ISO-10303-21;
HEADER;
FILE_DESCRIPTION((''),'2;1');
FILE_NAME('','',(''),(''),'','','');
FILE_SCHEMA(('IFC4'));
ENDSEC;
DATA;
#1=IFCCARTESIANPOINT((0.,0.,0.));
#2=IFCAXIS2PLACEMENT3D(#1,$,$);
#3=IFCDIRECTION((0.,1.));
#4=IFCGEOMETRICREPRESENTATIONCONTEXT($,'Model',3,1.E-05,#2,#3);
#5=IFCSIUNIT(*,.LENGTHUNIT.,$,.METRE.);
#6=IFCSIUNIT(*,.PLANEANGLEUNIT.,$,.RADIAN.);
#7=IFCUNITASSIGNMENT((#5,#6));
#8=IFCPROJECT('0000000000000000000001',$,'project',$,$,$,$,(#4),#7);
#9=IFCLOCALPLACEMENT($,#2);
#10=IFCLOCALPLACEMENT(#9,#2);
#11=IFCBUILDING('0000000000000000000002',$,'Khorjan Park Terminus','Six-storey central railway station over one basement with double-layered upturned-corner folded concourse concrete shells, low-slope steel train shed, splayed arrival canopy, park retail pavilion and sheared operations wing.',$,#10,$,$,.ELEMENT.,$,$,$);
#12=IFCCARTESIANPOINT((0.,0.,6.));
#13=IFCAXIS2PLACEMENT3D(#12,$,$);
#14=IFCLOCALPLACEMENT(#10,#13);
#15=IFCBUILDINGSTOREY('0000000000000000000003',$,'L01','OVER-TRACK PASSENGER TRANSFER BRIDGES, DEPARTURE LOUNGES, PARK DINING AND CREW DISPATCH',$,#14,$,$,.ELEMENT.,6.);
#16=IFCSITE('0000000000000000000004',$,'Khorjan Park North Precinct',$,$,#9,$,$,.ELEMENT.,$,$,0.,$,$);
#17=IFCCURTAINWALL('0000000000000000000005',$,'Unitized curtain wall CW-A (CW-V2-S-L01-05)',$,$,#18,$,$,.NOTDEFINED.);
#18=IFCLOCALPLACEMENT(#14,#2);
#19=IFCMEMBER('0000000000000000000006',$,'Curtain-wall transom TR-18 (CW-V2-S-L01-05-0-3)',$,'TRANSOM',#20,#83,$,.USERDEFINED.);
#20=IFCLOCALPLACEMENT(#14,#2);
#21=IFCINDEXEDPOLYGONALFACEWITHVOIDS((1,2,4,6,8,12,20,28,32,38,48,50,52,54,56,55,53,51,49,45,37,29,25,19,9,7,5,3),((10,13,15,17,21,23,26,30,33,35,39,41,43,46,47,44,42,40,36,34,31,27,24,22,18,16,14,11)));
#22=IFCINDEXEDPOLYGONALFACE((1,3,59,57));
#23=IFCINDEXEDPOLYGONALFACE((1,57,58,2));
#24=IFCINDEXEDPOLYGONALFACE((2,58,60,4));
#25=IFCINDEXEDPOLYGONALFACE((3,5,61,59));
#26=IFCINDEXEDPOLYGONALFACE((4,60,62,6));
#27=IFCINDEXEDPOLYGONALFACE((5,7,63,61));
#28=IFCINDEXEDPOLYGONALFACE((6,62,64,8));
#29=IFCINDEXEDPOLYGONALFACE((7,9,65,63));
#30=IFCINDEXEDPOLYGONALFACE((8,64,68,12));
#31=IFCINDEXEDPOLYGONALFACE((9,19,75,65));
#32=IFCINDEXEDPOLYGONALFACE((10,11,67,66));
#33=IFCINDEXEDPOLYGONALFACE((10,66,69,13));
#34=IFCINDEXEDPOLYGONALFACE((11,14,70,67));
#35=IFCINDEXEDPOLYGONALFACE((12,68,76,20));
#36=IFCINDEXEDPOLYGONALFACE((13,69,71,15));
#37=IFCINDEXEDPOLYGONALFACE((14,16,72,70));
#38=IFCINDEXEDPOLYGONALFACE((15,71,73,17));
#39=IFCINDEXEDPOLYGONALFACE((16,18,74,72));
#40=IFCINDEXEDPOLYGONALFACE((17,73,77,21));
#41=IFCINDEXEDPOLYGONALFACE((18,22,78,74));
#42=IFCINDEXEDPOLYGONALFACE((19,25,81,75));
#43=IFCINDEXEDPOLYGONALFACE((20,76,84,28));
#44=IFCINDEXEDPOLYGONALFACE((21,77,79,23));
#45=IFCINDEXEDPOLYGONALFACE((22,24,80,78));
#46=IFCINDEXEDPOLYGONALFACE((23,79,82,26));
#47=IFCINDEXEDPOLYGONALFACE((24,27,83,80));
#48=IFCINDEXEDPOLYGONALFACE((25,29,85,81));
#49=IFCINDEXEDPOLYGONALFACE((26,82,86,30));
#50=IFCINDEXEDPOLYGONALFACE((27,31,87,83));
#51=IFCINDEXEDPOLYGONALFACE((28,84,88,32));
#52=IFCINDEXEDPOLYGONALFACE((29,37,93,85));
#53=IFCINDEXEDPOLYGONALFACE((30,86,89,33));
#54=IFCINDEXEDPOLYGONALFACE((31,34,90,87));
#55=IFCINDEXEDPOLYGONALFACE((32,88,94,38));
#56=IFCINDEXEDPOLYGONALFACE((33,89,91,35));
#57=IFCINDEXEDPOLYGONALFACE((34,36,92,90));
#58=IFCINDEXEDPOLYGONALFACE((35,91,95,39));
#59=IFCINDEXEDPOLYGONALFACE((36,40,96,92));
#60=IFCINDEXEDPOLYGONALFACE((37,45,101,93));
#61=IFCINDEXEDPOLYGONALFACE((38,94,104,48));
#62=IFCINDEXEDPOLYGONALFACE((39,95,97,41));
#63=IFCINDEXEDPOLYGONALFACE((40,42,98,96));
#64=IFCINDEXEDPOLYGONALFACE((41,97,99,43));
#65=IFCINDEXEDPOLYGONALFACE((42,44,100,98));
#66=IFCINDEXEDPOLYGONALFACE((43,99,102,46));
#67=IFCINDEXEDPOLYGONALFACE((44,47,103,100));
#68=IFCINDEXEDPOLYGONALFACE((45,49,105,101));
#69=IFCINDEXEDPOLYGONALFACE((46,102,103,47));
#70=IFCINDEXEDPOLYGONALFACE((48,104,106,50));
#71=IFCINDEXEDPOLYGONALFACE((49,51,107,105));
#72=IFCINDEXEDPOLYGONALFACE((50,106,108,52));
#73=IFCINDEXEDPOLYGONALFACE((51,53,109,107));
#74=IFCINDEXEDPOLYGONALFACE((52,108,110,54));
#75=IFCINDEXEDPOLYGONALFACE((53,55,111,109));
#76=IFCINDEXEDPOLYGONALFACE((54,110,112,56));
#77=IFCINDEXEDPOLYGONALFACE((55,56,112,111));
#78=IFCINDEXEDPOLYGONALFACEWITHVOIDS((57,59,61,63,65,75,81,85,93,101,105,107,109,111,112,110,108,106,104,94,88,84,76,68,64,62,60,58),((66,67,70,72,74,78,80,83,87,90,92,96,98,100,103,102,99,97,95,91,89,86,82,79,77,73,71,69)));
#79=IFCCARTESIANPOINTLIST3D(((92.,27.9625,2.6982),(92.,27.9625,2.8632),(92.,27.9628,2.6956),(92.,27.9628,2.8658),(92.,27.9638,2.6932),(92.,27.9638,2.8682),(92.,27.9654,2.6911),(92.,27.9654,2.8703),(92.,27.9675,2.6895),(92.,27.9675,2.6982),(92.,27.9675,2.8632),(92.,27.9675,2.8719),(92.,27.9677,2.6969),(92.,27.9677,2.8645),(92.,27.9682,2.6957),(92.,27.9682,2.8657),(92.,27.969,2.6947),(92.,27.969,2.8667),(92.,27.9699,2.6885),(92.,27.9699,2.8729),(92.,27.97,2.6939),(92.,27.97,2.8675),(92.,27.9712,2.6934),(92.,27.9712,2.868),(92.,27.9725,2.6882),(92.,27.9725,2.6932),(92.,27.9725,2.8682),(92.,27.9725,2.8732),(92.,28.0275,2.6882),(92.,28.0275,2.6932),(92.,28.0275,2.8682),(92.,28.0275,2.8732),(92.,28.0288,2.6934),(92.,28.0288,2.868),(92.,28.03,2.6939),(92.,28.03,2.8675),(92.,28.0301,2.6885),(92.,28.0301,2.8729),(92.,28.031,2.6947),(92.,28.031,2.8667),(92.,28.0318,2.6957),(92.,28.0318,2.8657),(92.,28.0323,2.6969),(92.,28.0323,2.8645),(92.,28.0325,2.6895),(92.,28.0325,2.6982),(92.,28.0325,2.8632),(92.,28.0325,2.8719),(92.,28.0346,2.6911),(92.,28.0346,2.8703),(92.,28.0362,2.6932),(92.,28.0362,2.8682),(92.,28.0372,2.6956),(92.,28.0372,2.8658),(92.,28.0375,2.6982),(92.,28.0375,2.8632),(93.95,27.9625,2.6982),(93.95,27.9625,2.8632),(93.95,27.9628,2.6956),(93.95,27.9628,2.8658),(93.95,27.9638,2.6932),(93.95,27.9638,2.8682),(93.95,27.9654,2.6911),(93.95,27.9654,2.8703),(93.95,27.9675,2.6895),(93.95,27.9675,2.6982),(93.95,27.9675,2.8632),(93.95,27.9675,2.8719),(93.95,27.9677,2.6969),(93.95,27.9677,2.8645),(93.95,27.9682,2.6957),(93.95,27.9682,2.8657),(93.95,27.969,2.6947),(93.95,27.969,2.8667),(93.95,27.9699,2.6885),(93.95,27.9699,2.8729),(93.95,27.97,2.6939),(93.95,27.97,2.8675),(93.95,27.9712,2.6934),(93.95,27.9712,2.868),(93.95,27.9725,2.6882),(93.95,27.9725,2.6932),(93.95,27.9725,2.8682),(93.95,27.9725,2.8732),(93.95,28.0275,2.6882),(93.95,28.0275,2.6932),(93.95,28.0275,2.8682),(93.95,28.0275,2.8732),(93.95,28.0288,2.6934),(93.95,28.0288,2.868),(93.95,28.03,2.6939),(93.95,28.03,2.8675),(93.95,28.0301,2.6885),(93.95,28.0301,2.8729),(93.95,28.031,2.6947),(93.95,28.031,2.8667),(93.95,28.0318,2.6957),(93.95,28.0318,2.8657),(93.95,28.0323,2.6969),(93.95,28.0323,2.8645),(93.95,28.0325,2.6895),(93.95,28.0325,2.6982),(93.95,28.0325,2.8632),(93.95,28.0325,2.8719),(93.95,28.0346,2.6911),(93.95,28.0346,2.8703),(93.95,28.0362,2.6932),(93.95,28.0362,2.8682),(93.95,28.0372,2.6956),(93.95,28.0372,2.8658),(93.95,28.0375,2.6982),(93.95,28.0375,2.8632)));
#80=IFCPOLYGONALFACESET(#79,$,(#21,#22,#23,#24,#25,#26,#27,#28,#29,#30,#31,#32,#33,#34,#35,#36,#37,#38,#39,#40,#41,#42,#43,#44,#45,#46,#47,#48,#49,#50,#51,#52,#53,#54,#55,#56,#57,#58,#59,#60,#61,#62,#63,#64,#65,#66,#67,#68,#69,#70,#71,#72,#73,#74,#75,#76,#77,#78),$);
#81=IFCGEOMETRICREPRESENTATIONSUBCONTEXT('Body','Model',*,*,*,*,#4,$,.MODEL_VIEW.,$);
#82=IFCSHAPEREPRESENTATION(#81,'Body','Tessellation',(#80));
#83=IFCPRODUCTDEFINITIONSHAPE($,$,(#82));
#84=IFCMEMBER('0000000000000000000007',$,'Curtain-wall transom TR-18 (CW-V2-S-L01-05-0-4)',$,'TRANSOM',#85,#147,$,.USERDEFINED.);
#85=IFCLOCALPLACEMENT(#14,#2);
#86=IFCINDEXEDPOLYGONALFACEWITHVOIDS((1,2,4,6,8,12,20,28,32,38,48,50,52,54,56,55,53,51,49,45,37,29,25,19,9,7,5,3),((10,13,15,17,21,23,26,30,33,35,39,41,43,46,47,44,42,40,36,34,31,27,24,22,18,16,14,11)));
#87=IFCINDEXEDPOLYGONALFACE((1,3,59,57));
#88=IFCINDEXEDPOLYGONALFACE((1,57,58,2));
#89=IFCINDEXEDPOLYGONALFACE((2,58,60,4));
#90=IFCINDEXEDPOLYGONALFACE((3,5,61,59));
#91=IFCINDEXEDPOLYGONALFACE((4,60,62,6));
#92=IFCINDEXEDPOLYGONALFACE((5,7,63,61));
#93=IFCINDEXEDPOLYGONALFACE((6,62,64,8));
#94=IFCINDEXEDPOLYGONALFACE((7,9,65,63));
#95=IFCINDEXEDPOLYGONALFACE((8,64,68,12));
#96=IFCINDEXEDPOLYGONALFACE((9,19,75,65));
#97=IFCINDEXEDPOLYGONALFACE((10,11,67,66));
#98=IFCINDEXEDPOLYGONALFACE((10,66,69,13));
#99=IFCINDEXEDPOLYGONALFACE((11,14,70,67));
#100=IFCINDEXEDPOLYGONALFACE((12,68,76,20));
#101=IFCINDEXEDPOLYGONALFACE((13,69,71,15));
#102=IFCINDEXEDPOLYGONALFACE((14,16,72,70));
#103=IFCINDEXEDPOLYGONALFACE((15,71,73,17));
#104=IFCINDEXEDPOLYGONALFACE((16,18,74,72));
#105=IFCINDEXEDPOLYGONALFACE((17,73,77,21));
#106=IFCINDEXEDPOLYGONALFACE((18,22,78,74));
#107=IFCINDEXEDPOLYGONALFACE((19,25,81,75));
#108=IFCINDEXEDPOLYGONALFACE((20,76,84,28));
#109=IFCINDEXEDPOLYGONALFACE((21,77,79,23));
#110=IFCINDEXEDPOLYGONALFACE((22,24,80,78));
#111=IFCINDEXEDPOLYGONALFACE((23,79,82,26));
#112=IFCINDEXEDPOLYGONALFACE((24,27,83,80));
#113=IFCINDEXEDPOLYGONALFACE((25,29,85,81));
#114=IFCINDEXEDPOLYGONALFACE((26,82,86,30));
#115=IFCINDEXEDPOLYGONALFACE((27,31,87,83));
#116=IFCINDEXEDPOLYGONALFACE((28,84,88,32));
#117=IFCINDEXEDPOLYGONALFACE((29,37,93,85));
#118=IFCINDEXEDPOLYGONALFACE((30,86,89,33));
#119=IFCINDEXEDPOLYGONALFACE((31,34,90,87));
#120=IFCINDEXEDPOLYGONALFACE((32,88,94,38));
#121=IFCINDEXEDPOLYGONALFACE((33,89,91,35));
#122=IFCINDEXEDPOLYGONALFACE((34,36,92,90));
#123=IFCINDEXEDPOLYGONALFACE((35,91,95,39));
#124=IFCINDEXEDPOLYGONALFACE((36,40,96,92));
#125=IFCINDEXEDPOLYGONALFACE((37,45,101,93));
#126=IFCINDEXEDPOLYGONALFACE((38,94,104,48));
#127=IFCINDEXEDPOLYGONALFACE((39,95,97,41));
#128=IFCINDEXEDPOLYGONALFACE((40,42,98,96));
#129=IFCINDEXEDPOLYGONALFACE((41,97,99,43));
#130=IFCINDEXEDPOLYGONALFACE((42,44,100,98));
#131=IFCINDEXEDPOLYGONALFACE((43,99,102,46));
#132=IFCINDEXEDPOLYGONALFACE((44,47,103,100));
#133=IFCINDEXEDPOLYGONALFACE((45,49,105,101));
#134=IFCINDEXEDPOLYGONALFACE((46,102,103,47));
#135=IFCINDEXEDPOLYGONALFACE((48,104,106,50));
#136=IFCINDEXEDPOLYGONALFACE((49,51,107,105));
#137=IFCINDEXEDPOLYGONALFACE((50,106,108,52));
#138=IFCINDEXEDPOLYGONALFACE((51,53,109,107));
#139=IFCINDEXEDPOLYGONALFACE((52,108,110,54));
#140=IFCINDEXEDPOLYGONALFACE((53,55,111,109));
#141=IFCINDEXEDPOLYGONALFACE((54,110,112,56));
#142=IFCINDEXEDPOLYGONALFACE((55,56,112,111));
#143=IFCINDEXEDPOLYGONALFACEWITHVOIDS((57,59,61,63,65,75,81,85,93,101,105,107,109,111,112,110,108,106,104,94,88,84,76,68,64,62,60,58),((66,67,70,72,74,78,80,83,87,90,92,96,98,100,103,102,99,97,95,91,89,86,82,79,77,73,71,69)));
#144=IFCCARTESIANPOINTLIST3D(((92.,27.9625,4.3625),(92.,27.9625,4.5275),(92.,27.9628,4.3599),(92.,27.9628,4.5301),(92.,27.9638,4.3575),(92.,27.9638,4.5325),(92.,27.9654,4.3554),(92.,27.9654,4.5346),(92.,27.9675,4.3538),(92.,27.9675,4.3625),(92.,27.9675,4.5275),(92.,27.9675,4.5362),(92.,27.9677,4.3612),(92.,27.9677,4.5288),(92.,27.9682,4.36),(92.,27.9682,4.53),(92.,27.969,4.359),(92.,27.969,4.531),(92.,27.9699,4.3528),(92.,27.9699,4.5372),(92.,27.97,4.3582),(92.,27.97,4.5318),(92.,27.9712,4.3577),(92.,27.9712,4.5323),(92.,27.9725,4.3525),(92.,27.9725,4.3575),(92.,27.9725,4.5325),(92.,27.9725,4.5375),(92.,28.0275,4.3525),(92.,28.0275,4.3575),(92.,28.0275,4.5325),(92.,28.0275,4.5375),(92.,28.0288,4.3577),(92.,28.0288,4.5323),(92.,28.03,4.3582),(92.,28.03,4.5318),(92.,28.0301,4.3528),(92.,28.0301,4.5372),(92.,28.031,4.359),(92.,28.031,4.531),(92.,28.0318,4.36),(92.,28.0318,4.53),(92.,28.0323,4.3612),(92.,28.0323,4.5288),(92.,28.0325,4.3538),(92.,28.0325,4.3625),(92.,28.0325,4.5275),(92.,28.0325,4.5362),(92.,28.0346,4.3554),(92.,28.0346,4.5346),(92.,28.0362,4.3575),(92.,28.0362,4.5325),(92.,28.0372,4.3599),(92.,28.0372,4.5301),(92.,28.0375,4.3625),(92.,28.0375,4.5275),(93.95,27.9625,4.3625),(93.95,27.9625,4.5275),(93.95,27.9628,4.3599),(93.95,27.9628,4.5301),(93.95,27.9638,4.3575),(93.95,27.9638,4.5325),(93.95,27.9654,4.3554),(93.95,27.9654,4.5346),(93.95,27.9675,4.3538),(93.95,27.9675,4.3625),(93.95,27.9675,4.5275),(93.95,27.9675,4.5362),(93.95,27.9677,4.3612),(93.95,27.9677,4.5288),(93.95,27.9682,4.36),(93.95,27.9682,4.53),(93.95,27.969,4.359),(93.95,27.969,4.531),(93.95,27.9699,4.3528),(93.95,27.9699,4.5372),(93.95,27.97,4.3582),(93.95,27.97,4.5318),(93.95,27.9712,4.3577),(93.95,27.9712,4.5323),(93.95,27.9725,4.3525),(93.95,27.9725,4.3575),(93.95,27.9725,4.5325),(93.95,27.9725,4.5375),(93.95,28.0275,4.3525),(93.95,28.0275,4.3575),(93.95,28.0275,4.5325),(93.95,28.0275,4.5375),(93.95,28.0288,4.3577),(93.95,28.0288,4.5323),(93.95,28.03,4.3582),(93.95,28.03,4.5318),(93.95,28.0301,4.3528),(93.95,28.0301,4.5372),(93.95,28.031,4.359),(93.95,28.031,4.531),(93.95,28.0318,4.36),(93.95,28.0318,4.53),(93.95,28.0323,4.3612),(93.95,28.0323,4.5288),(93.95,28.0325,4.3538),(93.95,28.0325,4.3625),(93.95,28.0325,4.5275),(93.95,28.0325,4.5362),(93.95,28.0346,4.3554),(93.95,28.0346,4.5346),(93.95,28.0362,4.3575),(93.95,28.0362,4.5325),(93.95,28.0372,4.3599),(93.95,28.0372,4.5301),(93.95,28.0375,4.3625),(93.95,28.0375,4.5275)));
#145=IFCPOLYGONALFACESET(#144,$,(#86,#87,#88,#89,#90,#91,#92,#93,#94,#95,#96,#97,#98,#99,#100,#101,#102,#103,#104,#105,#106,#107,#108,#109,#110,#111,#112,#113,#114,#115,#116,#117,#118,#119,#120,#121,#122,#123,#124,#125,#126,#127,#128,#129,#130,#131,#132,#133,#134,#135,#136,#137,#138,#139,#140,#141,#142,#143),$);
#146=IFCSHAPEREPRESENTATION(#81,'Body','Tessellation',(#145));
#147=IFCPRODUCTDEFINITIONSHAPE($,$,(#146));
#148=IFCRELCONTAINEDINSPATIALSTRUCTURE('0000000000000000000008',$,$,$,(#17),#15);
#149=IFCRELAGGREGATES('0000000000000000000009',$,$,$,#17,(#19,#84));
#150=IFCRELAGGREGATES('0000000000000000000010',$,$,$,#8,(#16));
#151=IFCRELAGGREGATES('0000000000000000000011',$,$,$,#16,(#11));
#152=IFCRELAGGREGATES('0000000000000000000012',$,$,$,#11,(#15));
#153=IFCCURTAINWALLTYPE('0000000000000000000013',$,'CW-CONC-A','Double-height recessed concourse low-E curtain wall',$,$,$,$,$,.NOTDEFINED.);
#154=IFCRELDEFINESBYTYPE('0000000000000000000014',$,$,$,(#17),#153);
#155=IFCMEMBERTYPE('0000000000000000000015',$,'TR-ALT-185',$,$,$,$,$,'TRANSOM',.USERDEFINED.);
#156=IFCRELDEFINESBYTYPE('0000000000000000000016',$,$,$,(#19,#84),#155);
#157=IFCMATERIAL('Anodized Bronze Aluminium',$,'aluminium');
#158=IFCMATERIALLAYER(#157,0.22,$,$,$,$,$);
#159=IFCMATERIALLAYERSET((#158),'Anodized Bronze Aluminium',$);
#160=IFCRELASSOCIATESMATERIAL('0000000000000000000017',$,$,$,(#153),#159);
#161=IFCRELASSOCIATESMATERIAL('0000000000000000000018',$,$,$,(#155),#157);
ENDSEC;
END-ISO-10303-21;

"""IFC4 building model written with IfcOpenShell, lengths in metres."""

from ifc_helpers import new_model, si_unit, direction, frame, origin, origin_2d, place, context, subcontext, project, spatial, hollow_rectangle, extrude, material, layer, layer_set, material_profile, profile_set, type_object, element, aggregate, save


model = new_model("IFC4")

# Units and contexts
model_context = context("Model", 3, precision=1e-05, world=origin(), true_north=direction((0.0, 1.0)))
body_context = subcontext(model_context, "Body", "Model", "MODEL_VIEW")
ifc_project = project(units=[si_unit("LENGTHUNIT", "METRE"), si_unit("PLANEANGLEUNIT", "RADIAN")], contexts=[model_context])

# Site, building, storey
site_placement = place(None, origin())
site = spatial("IfcSite", under=ifc_project, at=site_placement, Name="Khorjan Park North Precinct", CompositionType="ELEMENT", RefElevation=0.0)
building_placement = place(site_placement, origin())
building = spatial("IfcBuilding", under=site, at=building_placement, Name="Khorjan Park Terminus", Description="Six-storey central railway station over one basement with double-layered upturned-corner folded concourse concrete shells, low-slope steel train shed, splayed arrival canopy, park retail pavilion and sheared operations wing.", CompositionType="ELEMENT")
storey_placement = place(building_placement, frame((0.0, 0.0, 6.0)))
storey = spatial("IfcBuildingStorey", under=building, at=storey_placement, Name="L01", Description="OVER-TRACK PASSENGER TRANSFER BRIDGES, DEPARTURE LOUNGES, PARK DINING AND CREW DISPATCH", CompositionType="ELEMENT", Elevation=6.0)

# Shared definitions
ifc_material_1 = material(Name="Anodized Bronze Aluminium", Category="aluminium")
ifc_layer_1 = layer(ifc_material_1, 0.22)
ifc_layer_set_1 = layer_set([ifc_layer_1], Name="Anodized Bronze Aluminium")
curtain_wall_type = type_object("IfcCurtainWallType", Name="CW-CONC-A", Description="Double-height recessed concourse low-E curtain wall", PredefinedType="NOTDEFINED", material=ifc_layer_set_1)

# Curtain wall
curtain_wall_1_placement = place(storey_placement, origin())
curtain_wall_1 = element("IfcCurtainWall", 1, at=curtain_wall_1_placement, inside=storey, type_object=curtain_wall_type, Name="Unitized curtain wall CW-A (CW-V2-S-L01-05)", PredefinedType="NOTDEFINED")

# Members
ifc_material_profile_1 = material_profile(ifc_material_1, hollow_rectangle(XDim=0.075, YDim=0.185, WallThickness=0.005, InnerFilletRadius=0.005, OuterFilletRadius=0.01, at=origin_2d()), Name="ALT 75x185x5")
ifc_profile_set_1 = profile_set([ifc_material_profile_1], Name="Anodized Bronze Aluminium")
member_type_1 = type_object("IfcMemberType", Name="TR-ALT-185", ElementType="TRANSOM", PredefinedType="USERDEFINED", material=ifc_profile_set_1)
member_1_placement = place(storey_placement, frame((92.0, 28.0, 2.7807), z_axis=(1.0, 0.0, 0.0), x_axis=(0.0, 1.0, 0.0)))
member_1 = element("IfcMember", 2, at=member_1_placement, type_object=member_type_1, Name="Curtain-wall transom TR-18 (CW-V2-S-L01-05-0-3)", ObjectType="TRANSOM", PredefinedType="USERDEFINED", context=body_context, shape_type="SweptSolid", body=[
    extrude(hollow_rectangle(XDim=0.075, YDim=0.185, WallThickness=0.005, InnerFilletRadius=0.005, OuterFilletRadius=0.01, at=origin_2d()), origin(), (0.0, 0.0, 1.0), 1.95),
])
member_2_placement = place(storey_placement, frame((92.0, 28.0, 4.445), z_axis=(1.0, 0.0, 0.0), x_axis=(0.0, 1.0, 0.0)))
member_2 = element("IfcMember", 3, at=member_2_placement, type_object=member_type_1, Name="Curtain-wall transom TR-18 (CW-V2-S-L01-05-0-4)", ObjectType="TRANSOM", PredefinedType="USERDEFINED", context=body_context, shape_type="SweptSolid", body=[
    extrude(hollow_rectangle(XDim=0.075, YDim=0.185, WallThickness=0.005, InnerFilletRadius=0.005, OuterFilletRadius=0.01, at=origin_2d()), origin(), (0.0, 0.0, 1.0), 1.95),
])

aggregate(curtain_wall_1, [member_1, member_2])

save(model, "model.ifc")
